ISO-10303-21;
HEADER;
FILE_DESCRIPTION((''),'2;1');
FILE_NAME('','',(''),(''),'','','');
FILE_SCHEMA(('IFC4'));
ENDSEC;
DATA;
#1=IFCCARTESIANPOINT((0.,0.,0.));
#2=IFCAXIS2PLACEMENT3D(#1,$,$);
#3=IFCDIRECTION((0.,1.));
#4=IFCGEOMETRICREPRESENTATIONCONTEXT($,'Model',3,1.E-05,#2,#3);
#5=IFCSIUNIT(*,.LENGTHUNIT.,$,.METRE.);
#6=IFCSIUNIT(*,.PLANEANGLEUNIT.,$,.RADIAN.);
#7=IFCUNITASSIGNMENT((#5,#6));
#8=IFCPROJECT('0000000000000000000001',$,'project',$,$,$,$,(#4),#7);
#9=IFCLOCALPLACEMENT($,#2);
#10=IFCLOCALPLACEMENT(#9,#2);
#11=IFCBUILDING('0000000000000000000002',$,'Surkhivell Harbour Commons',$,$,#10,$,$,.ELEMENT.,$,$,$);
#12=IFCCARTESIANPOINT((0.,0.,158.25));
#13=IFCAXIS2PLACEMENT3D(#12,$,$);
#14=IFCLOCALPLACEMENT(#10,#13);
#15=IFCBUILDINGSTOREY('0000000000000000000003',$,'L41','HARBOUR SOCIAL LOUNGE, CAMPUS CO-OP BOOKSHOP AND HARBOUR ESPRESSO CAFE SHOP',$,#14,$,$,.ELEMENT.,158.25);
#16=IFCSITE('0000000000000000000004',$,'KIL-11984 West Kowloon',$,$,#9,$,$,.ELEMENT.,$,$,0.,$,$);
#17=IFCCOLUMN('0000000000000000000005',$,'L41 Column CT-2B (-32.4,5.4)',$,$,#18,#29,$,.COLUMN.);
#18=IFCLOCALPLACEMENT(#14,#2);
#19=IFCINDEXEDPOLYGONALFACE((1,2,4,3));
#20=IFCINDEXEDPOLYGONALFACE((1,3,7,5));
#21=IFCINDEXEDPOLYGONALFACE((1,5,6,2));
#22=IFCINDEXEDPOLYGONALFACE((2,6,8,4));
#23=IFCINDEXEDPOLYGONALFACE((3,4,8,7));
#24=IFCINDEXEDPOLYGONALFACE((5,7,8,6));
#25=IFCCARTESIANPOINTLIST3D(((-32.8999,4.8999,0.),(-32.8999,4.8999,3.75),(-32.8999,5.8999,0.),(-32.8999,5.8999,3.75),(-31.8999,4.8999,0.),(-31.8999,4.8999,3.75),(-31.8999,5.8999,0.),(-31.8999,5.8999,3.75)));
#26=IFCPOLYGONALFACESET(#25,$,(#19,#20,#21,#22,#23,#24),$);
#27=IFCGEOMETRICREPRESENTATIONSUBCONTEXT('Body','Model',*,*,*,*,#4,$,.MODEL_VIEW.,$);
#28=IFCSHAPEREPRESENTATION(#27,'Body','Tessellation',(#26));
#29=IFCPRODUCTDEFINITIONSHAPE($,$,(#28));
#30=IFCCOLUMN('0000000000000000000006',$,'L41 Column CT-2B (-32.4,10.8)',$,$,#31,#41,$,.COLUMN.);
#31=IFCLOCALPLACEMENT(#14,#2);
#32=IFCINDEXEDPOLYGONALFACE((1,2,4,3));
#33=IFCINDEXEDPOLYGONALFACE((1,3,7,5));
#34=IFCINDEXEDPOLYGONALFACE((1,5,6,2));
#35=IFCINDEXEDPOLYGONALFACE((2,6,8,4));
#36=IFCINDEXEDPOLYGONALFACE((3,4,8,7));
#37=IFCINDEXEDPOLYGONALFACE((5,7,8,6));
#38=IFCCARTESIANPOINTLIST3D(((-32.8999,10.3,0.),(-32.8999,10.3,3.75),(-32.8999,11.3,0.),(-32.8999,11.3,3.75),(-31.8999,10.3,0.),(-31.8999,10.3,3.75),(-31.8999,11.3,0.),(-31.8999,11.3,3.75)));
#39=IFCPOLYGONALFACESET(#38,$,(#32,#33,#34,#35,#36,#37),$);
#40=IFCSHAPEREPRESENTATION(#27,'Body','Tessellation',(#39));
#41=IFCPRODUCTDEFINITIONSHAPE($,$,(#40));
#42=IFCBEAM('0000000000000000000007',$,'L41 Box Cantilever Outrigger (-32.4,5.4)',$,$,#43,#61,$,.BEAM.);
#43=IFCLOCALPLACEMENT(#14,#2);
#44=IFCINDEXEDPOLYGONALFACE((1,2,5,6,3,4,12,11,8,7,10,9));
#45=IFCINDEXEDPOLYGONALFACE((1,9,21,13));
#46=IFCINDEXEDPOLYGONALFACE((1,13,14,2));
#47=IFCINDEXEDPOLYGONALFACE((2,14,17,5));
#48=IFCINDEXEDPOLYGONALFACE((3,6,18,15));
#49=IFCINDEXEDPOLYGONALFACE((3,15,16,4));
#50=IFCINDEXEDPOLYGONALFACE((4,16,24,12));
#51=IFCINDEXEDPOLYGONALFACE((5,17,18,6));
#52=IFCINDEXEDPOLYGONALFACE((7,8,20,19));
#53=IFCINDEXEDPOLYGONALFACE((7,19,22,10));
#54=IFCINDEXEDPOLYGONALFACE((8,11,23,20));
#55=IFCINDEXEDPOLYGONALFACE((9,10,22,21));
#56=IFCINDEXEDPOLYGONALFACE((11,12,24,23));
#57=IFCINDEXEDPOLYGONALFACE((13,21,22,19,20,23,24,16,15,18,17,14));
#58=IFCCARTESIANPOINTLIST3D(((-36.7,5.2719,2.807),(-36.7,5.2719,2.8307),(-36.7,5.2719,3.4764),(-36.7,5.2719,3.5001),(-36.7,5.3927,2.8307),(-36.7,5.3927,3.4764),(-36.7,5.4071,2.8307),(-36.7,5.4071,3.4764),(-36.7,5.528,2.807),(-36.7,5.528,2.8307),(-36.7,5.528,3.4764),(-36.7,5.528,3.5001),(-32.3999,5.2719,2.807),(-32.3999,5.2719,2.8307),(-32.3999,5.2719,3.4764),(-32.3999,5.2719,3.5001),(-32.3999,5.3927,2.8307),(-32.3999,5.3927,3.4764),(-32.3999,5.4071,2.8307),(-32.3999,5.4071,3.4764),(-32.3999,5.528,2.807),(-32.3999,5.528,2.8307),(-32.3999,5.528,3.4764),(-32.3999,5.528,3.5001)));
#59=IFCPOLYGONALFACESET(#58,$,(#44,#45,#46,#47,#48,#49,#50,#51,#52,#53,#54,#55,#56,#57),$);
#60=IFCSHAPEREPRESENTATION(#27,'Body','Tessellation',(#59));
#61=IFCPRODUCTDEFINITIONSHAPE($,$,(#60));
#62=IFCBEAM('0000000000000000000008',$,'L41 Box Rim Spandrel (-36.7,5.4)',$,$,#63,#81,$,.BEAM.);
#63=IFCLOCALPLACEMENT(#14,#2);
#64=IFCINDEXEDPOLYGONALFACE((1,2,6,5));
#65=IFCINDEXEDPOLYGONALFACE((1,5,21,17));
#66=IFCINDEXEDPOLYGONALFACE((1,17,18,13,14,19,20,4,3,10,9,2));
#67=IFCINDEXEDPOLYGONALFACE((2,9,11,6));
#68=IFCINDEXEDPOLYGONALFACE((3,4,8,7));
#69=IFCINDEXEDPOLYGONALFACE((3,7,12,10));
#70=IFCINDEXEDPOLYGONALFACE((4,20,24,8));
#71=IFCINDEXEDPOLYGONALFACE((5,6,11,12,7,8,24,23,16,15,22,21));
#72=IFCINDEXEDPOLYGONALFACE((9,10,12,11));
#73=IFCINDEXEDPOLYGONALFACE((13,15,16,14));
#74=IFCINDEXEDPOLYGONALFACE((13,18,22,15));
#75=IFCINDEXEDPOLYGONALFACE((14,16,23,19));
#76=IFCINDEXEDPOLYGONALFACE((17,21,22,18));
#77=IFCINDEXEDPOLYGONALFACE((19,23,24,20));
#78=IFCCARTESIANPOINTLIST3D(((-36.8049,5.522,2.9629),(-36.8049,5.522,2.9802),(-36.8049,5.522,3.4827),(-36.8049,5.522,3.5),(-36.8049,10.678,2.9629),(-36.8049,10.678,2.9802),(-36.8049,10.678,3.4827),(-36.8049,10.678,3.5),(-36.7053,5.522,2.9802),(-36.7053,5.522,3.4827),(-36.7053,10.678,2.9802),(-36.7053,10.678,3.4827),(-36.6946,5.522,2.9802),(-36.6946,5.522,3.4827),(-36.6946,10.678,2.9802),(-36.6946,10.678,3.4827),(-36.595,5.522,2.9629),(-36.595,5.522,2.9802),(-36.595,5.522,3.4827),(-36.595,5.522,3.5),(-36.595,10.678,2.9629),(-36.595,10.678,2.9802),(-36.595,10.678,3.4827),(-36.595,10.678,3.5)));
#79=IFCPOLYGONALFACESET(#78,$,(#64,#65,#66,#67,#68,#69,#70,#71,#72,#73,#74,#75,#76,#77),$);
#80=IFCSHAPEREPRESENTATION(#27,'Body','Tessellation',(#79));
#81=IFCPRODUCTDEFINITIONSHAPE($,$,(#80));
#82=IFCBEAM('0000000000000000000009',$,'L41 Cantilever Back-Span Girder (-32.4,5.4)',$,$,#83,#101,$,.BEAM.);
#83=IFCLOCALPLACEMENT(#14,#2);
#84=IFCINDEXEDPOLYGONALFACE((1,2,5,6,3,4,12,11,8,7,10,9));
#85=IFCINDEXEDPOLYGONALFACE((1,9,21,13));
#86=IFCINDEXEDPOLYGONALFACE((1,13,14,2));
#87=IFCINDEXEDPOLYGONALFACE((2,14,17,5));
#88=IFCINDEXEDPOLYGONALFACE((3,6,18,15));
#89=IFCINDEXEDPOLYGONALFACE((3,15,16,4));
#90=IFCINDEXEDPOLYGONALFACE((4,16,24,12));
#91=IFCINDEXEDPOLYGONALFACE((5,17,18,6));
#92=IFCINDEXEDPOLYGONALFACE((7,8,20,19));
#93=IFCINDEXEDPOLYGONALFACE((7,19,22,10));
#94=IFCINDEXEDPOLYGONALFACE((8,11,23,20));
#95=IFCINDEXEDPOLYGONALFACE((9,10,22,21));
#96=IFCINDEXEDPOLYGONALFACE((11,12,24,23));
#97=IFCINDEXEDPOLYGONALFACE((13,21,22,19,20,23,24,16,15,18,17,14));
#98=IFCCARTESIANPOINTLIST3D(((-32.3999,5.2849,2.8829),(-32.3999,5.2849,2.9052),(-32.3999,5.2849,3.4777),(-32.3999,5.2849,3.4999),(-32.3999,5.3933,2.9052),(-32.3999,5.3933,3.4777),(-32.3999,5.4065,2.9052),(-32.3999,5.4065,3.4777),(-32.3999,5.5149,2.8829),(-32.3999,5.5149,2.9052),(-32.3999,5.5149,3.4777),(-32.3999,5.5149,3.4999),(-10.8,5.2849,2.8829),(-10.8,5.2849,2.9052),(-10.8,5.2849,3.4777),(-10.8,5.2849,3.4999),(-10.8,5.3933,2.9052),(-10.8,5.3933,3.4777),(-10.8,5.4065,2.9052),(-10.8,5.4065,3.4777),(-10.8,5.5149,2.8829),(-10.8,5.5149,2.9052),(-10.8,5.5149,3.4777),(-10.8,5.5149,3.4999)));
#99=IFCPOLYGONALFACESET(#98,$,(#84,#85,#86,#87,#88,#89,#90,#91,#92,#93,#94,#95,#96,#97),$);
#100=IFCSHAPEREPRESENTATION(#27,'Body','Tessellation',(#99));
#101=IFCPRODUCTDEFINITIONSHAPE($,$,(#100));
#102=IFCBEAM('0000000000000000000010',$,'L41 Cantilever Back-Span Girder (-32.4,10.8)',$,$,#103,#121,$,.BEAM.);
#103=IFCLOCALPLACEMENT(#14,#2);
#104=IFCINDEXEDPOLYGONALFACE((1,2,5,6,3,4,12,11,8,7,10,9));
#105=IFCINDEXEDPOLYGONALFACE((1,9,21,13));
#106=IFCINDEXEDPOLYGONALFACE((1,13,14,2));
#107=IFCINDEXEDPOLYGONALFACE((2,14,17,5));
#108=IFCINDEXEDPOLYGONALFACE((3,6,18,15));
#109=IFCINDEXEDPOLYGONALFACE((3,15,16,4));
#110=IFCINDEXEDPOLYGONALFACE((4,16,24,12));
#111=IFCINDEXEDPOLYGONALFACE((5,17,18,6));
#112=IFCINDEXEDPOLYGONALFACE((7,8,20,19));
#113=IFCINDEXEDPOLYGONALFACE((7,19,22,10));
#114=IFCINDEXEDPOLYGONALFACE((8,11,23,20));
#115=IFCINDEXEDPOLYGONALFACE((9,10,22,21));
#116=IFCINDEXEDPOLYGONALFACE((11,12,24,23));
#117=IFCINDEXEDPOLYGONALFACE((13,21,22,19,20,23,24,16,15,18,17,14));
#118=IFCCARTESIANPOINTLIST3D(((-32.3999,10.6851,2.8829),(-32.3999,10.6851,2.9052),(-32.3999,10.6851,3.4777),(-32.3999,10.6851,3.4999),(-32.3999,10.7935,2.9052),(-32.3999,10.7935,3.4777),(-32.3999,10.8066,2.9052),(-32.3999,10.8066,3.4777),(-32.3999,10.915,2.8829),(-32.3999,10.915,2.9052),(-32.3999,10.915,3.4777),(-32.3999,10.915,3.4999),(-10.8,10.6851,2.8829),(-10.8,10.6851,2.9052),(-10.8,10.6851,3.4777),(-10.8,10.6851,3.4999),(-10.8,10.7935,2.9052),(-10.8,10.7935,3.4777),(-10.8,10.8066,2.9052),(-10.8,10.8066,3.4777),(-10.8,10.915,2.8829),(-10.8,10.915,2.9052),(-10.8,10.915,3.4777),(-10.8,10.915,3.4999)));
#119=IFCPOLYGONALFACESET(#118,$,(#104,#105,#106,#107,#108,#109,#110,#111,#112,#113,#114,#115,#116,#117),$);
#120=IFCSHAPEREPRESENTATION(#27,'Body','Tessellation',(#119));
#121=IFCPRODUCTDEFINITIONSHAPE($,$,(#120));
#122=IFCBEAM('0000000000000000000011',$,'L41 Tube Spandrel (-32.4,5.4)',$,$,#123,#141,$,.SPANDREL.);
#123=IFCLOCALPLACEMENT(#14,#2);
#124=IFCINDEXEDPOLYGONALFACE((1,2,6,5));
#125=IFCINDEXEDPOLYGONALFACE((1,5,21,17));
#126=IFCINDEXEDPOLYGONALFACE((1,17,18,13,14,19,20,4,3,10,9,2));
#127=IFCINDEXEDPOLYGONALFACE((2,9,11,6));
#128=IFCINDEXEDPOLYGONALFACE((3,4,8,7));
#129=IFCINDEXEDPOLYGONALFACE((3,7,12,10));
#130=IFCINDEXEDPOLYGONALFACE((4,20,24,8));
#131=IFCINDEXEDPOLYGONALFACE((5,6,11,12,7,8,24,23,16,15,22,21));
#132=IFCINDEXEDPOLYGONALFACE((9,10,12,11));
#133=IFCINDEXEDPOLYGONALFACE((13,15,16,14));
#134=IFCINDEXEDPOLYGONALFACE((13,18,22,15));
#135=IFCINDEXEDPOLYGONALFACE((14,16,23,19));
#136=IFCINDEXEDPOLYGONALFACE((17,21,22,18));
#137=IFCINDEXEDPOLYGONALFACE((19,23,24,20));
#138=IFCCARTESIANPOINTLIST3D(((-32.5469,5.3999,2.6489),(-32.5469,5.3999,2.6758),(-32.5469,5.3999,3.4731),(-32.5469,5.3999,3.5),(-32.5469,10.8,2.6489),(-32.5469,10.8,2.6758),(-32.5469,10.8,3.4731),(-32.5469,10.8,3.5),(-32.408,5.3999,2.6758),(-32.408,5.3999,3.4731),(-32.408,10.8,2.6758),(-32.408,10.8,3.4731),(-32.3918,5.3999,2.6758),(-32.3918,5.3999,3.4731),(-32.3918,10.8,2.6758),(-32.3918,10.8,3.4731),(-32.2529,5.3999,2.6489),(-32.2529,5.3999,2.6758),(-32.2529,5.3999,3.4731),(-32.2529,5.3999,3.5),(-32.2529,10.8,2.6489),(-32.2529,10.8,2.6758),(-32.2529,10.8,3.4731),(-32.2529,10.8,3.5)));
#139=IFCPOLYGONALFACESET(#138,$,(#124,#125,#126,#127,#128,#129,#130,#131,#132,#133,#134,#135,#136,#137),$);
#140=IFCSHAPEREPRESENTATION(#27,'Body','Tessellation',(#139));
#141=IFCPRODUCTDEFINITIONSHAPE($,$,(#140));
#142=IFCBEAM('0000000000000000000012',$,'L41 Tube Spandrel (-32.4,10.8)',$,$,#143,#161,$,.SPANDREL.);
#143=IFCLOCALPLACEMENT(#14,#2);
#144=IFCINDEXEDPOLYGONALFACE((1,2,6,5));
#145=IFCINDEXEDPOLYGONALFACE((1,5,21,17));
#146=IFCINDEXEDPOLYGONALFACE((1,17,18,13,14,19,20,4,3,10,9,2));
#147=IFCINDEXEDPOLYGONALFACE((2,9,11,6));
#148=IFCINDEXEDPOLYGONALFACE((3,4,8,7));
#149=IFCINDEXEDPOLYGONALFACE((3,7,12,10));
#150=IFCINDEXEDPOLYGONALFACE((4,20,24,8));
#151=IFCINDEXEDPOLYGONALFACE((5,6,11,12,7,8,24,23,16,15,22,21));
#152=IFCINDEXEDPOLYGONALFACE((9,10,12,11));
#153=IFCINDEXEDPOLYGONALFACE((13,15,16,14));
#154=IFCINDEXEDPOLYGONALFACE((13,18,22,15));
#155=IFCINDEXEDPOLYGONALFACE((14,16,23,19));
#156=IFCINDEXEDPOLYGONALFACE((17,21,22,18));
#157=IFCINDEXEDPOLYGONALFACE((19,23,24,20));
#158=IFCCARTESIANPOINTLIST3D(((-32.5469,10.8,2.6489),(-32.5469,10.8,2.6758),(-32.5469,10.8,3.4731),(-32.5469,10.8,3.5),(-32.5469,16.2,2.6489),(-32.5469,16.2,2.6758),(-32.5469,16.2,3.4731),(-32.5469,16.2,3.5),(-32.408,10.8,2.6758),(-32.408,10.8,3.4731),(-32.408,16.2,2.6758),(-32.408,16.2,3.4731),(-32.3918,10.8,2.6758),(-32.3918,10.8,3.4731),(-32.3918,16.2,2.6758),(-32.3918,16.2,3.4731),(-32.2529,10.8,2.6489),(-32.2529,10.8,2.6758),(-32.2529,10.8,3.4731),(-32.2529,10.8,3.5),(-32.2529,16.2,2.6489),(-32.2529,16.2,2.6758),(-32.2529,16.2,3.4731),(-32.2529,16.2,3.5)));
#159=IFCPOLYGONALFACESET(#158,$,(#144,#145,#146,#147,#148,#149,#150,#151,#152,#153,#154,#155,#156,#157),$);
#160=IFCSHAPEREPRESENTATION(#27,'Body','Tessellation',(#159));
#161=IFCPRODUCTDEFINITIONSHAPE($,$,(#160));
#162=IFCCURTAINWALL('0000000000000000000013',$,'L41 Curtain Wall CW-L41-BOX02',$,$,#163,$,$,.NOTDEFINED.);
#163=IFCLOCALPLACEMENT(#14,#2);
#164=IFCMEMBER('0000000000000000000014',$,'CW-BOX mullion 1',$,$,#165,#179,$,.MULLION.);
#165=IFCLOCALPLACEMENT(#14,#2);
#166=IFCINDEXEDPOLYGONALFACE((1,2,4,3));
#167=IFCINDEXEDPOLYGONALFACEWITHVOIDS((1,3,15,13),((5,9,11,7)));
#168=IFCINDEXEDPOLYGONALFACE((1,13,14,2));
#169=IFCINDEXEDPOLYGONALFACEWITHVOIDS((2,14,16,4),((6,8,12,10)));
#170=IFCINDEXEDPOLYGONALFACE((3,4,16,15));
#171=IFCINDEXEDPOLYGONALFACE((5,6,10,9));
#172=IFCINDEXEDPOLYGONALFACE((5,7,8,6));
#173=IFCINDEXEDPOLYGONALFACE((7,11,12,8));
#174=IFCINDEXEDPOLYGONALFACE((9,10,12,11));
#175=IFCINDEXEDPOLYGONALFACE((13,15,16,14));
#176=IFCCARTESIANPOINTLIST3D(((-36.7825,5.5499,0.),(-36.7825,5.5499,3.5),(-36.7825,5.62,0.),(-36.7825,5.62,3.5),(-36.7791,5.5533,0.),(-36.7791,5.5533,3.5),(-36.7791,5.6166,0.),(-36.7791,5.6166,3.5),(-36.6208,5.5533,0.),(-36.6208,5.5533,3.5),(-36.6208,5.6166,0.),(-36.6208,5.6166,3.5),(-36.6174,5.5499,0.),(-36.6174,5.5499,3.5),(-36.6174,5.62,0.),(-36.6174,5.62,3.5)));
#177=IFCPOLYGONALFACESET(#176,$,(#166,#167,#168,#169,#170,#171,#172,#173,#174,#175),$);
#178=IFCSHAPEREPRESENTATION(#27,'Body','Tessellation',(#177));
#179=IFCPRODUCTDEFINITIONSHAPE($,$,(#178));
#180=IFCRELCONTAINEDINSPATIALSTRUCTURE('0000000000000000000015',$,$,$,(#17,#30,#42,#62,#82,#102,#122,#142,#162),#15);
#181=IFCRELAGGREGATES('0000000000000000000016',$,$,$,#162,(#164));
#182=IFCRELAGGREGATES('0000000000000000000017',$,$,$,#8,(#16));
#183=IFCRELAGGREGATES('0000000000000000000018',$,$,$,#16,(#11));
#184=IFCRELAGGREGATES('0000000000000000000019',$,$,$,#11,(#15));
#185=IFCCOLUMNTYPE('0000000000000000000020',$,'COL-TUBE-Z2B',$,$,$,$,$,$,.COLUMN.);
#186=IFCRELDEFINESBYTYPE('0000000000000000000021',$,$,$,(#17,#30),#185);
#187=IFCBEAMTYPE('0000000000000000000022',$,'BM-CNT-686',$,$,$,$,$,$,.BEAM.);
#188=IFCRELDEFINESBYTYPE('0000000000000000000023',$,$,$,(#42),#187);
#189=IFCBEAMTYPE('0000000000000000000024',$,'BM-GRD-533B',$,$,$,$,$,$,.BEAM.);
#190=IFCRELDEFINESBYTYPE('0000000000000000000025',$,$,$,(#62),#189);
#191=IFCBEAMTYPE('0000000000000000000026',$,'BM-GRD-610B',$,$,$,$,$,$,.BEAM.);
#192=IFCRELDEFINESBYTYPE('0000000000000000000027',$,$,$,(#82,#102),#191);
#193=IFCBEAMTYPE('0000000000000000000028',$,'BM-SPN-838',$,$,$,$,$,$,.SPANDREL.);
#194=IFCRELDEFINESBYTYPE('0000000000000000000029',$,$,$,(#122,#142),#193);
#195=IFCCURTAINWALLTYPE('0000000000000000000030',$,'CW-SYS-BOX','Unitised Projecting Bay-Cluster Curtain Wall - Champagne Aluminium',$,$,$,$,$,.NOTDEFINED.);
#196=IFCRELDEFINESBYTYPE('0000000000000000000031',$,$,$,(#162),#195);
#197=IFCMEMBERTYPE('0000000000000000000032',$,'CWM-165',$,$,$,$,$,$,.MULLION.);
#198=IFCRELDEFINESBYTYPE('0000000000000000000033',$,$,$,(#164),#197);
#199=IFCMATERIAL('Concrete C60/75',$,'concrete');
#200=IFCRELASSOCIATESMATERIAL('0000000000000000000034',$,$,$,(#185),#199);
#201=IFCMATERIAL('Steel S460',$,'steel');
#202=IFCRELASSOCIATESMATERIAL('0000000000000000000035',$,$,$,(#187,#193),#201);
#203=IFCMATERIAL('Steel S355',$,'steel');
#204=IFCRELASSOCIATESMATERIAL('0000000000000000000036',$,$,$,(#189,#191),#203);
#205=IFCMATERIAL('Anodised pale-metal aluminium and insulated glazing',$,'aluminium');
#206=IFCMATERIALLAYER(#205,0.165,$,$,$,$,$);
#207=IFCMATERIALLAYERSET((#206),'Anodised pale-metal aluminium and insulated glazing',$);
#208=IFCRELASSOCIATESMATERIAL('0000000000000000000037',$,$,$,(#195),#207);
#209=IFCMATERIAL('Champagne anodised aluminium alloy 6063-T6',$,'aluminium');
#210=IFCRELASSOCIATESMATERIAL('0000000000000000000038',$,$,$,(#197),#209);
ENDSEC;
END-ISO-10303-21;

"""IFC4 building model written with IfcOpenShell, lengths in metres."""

from ifc_helpers import new_model, si_unit, direction, frame, origin, origin_2d, place, context, subcontext, project, spatial, rectangle, hollow_rectangle, i_section, extrude, material, layer, layer_set, material_profile, profile_set, type_object, element, aggregate, save


model = new_model("IFC4")

# Units and contexts
model_context = context("Model", 3, precision=1e-05, world=origin(), true_north=direction((0.0, 1.0)))
body_context = subcontext(model_context, "Body", "Model", "MODEL_VIEW")
ifc_project = project(units=[si_unit("LENGTHUNIT", "METRE"), si_unit("PLANEANGLEUNIT", "RADIAN")], contexts=[model_context])

# Site, building, storey
site_placement = place(None, origin())
site = spatial("IfcSite", under=ifc_project, at=site_placement, Name="KIL-11984 West Kowloon", CompositionType="ELEMENT", RefElevation=0.0)
building_placement = place(site_placement, origin())
building = spatial("IfcBuilding", under=site, at=building_placement, Name="Surkhivell Harbour Commons", CompositionType="ELEMENT")
storey_placement = place(building_placement, frame((0.0, 0.0, 158.25)))
storey = spatial("IfcBuildingStorey", under=building, at=storey_placement, Name="L41", Description="HARBOUR SOCIAL LOUNGE, CAMPUS CO-OP BOOKSHOP AND HARBOUR ESPRESSO CAFE SHOP", CompositionType="ELEMENT", Elevation=158.25)

# Columns
ifc_material_1 = material(Name="Concrete C60/75", Category="concrete")
ifc_material_profile_1 = material_profile(ifc_material_1, rectangle(XDim=1.0, YDim=1.0, at=origin_2d()), Name="RC-COL-1000x1000")
ifc_profile_set_1 = profile_set([ifc_material_profile_1], Name="Concrete C60/75")
column_type = type_object("IfcColumnType", Name="COL-TUBE-Z2B", PredefinedType="COLUMN", material=ifc_profile_set_1)
for number, where, z_axis, x_axis, name in (
    (1, (-32.3999, 5.3999, 0.0), (0.0, 0.0, 1.0), (1.0, 0.0, 0.0), "L41 Column CT-2B (-32.4,5.4)"),
    (2, (-32.3999, 10.8, 0.0), (0.0, 0.0, 1.0), (1.0, 0.0, 0.0), "L41 Column CT-2B (-32.4,10.8)"),
):
    element("IfcColumn", number, at=place(storey_placement, frame(where, z_axis=z_axis, x_axis=x_axis)), inside=storey, type_object=column_type, Name=name, PredefinedType="COLUMN", context=body_context, shape_type="SweptSolid", body=[
        extrude(rectangle(XDim=1.0, YDim=1.0, at=origin_2d()), origin(), (0.0, 0.0, 1.0), 3.75),
    ])

# Beams
ifc_material_2 = material(Name="Steel S460", Category="steel")
ifc_material_profile_2 = material_profile(ifc_material_2, i_section(OverallWidth=0.2561, OverallDepth=0.6931, WebThickness=0.0144, FlangeThickness=0.0237, at=origin_2d()), Name="UB686x254x170")
ifc_profile_set_2 = profile_set([ifc_material_profile_2], Name="Steel S460")
beam_type_1 = type_object("IfcBeamType", Name="BM-CNT-686", PredefinedType="BEAM", material=ifc_profile_set_2)
beam_1_placement = place(storey_placement, frame((-32.3999, 5.3999, 3.1536), z_axis=(-1.0, 0.0, 0.0), x_axis=(0.0, -1.0, 0.0)))
element("IfcBeam", 3, at=beam_1_placement, inside=storey, type_object=beam_type_1, Name="L41 Box Cantilever Outrigger (-32.4,5.4)", PredefinedType="BEAM", context=body_context, shape_type="SweptSolid", body=[
    extrude(i_section(OverallWidth=0.2561, OverallDepth=0.6931, WebThickness=0.0144, FlangeThickness=0.0237, at=origin_2d()), origin(), (0.0, 0.0, 1.0), 4.3),
])
ifc_material_3 = material(Name="Steel S355", Category="steel")
ifc_material_profile_3 = material_profile(ifc_material_3, i_section(OverallWidth=0.21, OverallDepth=0.5371, WebThickness=0.0107, FlangeThickness=0.0173, at=origin_2d()), Name="UB533x210x101")
ifc_profile_set_3 = profile_set([ifc_material_profile_3], Name="Steel S355")
beam_type_2 = type_object("IfcBeamType", Name="BM-GRD-533B", PredefinedType="BEAM", material=ifc_profile_set_3)
beam_2_placement = place(storey_placement, frame((-36.7, 5.522, 3.2314), z_axis=(0.0, 1.0, 0.0), x_axis=(-1.0, 0.0, 0.0)))
element("IfcBeam", 4, at=beam_2_placement, inside=storey, type_object=beam_type_2, Name="L41 Box Rim Spandrel (-36.7,5.4)", PredefinedType="BEAM", context=body_context, shape_type="SweptSolid", body=[
    extrude(i_section(OverallWidth=0.21, OverallDepth=0.5371, WebThickness=0.0107, FlangeThickness=0.0173, at=origin_2d()), origin(), (0.0, 0.0, 1.0), 5.156),
])
ifc_material_profile_4 = material_profile(ifc_material_3, i_section(OverallWidth=0.23, OverallDepth=0.6169, WebThickness=0.0132, FlangeThickness=0.0222, at=origin_2d()), Name="UB610x229x140")
ifc_profile_set_4 = profile_set([ifc_material_profile_4], Name="Steel S355")
beam_type_3 = type_object("IfcBeamType", Name="BM-GRD-610B", PredefinedType="BEAM", material=ifc_profile_set_4)
for number, where, z_axis, x_axis, name in (
    (5, (-32.3999, 5.3999, 3.1914), (1.0, 0.0, 0.0), (0.0, 1.0, 0.0), "L41 Cantilever Back-Span Girder (-32.4,5.4)"),
    (6, (-32.3999, 10.8, 3.1914), (1.0, 0.0, 0.0), (0.0, 1.0, 0.0), "L41 Cantilever Back-Span Girder (-32.4,10.8)"),
):
    element("IfcBeam", number, at=place(storey_placement, frame(where, z_axis=z_axis, x_axis=x_axis)), inside=storey, type_object=beam_type_3, Name=name, PredefinedType="BEAM", context=body_context, shape_type="SweptSolid", body=[
        extrude(i_section(OverallWidth=0.23, OverallDepth=0.6169, WebThickness=0.0132, FlangeThickness=0.0222, at=origin_2d()), origin(), (0.0, 0.0, 1.0), 21.5999),
    ])
ifc_material_profile_5 = material_profile(ifc_material_2, i_section(OverallWidth=0.2939, OverallDepth=0.8511, WebThickness=0.0161, FlangeThickness=0.0269, at=origin_2d()), Name="UB838x292x226")
ifc_profile_set_5 = profile_set([ifc_material_profile_5], Name="Steel S460")
beam_type_4 = type_object("IfcBeamType", Name="BM-SPN-838", PredefinedType="SPANDREL", material=ifc_profile_set_5)
beam_3_placement = place(storey_placement, frame((-32.3999, 5.3999, 3.0745), z_axis=(0.0, 1.0, 0.0), x_axis=(-1.0, 0.0, 0.0)))
element("IfcBeam", 7, at=beam_3_placement, inside=storey, type_object=beam_type_4, Name="L41 Tube Spandrel (-32.4,5.4)", PredefinedType="SPANDREL", context=body_context, shape_type="SweptSolid", body=[
    extrude(i_section(OverallWidth=0.2939, OverallDepth=0.8511, WebThickness=0.0161, FlangeThickness=0.0269, at=origin_2d()), origin(), (0.0, 0.0, 1.0), 5.4001),
])
beam_4_placement = place(storey_placement, frame((-32.3999, 10.8, 3.0745), z_axis=(0.0, 1.0, 0.0), x_axis=(-1.0, 0.0, 0.0)))
element("IfcBeam", 8, at=beam_4_placement, inside=storey, type_object=beam_type_4, Name="L41 Tube Spandrel (-32.4,10.8)", PredefinedType="SPANDREL", context=body_context, shape_type="SweptSolid", body=[
    extrude(i_section(OverallWidth=0.2939, OverallDepth=0.8511, WebThickness=0.0161, FlangeThickness=0.0269, at=origin_2d()), origin(), (0.0, 0.0, 1.0), 5.3999),
])

# Curtain wall, member
ifc_material_4 = material(Name="Anodised pale-metal aluminium and insulated glazing", Category="aluminium")
ifc_layer_1 = layer(ifc_material_4, 0.165)
ifc_layer_set_1 = layer_set([ifc_layer_1], Name="Anodised pale-metal aluminium and insulated glazing")
curtain_wall_type_1 = type_object("IfcCurtainWallType", Name="CW-SYS-BOX", Description="Unitised Projecting Bay-Cluster Curtain Wall - Champagne Aluminium", PredefinedType="NOTDEFINED", material=ifc_layer_set_1)
curtain_wall_1_placement = place(storey_placement, origin())
curtain_wall_1 = element("IfcCurtainWall", 9, at=curtain_wall_1_placement, inside=storey, type_object=curtain_wall_type_1, Name="L41 Curtain Wall CW-L41-BOX02", PredefinedType="NOTDEFINED")
ifc_material_5 = material(Name="Champagne anodised aluminium alloy 6063-T6", Category="aluminium")
ifc_material_profile_6 = material_profile(ifc_material_5, hollow_rectangle(XDim=0.0701, YDim=0.165, WallThickness=0.0034, at=origin_2d()), Name="ALU-MULL-70x165")
ifc_profile_set_6 = profile_set([ifc_material_profile_6], Name="Champagne anodised aluminium alloy 6063-T6")
member_type_1 = type_object("IfcMemberType", Name="CWM-165", PredefinedType="MULLION", material=ifc_profile_set_6)
member_1_placement = place(storey_placement, frame((-36.7, 5.585, 0.0), z_axis=(0.0, 0.0, 1.0), x_axis=(0.0, 1.0, 0.0)))
member_1 = element("IfcMember", 10, at=member_1_placement, type_object=member_type_1, Name="CW-BOX mullion 1", PredefinedType="MULLION", context=body_context, shape_type="SweptSolid", body=[
    extrude(hollow_rectangle(XDim=0.0701, YDim=0.165, WallThickness=0.0034, at=origin_2d()), origin(), (0.0, 0.0, 1.0), 3.5),
])

aggregate(curtain_wall_1, [member_1])

save(model, "model.ifc")
